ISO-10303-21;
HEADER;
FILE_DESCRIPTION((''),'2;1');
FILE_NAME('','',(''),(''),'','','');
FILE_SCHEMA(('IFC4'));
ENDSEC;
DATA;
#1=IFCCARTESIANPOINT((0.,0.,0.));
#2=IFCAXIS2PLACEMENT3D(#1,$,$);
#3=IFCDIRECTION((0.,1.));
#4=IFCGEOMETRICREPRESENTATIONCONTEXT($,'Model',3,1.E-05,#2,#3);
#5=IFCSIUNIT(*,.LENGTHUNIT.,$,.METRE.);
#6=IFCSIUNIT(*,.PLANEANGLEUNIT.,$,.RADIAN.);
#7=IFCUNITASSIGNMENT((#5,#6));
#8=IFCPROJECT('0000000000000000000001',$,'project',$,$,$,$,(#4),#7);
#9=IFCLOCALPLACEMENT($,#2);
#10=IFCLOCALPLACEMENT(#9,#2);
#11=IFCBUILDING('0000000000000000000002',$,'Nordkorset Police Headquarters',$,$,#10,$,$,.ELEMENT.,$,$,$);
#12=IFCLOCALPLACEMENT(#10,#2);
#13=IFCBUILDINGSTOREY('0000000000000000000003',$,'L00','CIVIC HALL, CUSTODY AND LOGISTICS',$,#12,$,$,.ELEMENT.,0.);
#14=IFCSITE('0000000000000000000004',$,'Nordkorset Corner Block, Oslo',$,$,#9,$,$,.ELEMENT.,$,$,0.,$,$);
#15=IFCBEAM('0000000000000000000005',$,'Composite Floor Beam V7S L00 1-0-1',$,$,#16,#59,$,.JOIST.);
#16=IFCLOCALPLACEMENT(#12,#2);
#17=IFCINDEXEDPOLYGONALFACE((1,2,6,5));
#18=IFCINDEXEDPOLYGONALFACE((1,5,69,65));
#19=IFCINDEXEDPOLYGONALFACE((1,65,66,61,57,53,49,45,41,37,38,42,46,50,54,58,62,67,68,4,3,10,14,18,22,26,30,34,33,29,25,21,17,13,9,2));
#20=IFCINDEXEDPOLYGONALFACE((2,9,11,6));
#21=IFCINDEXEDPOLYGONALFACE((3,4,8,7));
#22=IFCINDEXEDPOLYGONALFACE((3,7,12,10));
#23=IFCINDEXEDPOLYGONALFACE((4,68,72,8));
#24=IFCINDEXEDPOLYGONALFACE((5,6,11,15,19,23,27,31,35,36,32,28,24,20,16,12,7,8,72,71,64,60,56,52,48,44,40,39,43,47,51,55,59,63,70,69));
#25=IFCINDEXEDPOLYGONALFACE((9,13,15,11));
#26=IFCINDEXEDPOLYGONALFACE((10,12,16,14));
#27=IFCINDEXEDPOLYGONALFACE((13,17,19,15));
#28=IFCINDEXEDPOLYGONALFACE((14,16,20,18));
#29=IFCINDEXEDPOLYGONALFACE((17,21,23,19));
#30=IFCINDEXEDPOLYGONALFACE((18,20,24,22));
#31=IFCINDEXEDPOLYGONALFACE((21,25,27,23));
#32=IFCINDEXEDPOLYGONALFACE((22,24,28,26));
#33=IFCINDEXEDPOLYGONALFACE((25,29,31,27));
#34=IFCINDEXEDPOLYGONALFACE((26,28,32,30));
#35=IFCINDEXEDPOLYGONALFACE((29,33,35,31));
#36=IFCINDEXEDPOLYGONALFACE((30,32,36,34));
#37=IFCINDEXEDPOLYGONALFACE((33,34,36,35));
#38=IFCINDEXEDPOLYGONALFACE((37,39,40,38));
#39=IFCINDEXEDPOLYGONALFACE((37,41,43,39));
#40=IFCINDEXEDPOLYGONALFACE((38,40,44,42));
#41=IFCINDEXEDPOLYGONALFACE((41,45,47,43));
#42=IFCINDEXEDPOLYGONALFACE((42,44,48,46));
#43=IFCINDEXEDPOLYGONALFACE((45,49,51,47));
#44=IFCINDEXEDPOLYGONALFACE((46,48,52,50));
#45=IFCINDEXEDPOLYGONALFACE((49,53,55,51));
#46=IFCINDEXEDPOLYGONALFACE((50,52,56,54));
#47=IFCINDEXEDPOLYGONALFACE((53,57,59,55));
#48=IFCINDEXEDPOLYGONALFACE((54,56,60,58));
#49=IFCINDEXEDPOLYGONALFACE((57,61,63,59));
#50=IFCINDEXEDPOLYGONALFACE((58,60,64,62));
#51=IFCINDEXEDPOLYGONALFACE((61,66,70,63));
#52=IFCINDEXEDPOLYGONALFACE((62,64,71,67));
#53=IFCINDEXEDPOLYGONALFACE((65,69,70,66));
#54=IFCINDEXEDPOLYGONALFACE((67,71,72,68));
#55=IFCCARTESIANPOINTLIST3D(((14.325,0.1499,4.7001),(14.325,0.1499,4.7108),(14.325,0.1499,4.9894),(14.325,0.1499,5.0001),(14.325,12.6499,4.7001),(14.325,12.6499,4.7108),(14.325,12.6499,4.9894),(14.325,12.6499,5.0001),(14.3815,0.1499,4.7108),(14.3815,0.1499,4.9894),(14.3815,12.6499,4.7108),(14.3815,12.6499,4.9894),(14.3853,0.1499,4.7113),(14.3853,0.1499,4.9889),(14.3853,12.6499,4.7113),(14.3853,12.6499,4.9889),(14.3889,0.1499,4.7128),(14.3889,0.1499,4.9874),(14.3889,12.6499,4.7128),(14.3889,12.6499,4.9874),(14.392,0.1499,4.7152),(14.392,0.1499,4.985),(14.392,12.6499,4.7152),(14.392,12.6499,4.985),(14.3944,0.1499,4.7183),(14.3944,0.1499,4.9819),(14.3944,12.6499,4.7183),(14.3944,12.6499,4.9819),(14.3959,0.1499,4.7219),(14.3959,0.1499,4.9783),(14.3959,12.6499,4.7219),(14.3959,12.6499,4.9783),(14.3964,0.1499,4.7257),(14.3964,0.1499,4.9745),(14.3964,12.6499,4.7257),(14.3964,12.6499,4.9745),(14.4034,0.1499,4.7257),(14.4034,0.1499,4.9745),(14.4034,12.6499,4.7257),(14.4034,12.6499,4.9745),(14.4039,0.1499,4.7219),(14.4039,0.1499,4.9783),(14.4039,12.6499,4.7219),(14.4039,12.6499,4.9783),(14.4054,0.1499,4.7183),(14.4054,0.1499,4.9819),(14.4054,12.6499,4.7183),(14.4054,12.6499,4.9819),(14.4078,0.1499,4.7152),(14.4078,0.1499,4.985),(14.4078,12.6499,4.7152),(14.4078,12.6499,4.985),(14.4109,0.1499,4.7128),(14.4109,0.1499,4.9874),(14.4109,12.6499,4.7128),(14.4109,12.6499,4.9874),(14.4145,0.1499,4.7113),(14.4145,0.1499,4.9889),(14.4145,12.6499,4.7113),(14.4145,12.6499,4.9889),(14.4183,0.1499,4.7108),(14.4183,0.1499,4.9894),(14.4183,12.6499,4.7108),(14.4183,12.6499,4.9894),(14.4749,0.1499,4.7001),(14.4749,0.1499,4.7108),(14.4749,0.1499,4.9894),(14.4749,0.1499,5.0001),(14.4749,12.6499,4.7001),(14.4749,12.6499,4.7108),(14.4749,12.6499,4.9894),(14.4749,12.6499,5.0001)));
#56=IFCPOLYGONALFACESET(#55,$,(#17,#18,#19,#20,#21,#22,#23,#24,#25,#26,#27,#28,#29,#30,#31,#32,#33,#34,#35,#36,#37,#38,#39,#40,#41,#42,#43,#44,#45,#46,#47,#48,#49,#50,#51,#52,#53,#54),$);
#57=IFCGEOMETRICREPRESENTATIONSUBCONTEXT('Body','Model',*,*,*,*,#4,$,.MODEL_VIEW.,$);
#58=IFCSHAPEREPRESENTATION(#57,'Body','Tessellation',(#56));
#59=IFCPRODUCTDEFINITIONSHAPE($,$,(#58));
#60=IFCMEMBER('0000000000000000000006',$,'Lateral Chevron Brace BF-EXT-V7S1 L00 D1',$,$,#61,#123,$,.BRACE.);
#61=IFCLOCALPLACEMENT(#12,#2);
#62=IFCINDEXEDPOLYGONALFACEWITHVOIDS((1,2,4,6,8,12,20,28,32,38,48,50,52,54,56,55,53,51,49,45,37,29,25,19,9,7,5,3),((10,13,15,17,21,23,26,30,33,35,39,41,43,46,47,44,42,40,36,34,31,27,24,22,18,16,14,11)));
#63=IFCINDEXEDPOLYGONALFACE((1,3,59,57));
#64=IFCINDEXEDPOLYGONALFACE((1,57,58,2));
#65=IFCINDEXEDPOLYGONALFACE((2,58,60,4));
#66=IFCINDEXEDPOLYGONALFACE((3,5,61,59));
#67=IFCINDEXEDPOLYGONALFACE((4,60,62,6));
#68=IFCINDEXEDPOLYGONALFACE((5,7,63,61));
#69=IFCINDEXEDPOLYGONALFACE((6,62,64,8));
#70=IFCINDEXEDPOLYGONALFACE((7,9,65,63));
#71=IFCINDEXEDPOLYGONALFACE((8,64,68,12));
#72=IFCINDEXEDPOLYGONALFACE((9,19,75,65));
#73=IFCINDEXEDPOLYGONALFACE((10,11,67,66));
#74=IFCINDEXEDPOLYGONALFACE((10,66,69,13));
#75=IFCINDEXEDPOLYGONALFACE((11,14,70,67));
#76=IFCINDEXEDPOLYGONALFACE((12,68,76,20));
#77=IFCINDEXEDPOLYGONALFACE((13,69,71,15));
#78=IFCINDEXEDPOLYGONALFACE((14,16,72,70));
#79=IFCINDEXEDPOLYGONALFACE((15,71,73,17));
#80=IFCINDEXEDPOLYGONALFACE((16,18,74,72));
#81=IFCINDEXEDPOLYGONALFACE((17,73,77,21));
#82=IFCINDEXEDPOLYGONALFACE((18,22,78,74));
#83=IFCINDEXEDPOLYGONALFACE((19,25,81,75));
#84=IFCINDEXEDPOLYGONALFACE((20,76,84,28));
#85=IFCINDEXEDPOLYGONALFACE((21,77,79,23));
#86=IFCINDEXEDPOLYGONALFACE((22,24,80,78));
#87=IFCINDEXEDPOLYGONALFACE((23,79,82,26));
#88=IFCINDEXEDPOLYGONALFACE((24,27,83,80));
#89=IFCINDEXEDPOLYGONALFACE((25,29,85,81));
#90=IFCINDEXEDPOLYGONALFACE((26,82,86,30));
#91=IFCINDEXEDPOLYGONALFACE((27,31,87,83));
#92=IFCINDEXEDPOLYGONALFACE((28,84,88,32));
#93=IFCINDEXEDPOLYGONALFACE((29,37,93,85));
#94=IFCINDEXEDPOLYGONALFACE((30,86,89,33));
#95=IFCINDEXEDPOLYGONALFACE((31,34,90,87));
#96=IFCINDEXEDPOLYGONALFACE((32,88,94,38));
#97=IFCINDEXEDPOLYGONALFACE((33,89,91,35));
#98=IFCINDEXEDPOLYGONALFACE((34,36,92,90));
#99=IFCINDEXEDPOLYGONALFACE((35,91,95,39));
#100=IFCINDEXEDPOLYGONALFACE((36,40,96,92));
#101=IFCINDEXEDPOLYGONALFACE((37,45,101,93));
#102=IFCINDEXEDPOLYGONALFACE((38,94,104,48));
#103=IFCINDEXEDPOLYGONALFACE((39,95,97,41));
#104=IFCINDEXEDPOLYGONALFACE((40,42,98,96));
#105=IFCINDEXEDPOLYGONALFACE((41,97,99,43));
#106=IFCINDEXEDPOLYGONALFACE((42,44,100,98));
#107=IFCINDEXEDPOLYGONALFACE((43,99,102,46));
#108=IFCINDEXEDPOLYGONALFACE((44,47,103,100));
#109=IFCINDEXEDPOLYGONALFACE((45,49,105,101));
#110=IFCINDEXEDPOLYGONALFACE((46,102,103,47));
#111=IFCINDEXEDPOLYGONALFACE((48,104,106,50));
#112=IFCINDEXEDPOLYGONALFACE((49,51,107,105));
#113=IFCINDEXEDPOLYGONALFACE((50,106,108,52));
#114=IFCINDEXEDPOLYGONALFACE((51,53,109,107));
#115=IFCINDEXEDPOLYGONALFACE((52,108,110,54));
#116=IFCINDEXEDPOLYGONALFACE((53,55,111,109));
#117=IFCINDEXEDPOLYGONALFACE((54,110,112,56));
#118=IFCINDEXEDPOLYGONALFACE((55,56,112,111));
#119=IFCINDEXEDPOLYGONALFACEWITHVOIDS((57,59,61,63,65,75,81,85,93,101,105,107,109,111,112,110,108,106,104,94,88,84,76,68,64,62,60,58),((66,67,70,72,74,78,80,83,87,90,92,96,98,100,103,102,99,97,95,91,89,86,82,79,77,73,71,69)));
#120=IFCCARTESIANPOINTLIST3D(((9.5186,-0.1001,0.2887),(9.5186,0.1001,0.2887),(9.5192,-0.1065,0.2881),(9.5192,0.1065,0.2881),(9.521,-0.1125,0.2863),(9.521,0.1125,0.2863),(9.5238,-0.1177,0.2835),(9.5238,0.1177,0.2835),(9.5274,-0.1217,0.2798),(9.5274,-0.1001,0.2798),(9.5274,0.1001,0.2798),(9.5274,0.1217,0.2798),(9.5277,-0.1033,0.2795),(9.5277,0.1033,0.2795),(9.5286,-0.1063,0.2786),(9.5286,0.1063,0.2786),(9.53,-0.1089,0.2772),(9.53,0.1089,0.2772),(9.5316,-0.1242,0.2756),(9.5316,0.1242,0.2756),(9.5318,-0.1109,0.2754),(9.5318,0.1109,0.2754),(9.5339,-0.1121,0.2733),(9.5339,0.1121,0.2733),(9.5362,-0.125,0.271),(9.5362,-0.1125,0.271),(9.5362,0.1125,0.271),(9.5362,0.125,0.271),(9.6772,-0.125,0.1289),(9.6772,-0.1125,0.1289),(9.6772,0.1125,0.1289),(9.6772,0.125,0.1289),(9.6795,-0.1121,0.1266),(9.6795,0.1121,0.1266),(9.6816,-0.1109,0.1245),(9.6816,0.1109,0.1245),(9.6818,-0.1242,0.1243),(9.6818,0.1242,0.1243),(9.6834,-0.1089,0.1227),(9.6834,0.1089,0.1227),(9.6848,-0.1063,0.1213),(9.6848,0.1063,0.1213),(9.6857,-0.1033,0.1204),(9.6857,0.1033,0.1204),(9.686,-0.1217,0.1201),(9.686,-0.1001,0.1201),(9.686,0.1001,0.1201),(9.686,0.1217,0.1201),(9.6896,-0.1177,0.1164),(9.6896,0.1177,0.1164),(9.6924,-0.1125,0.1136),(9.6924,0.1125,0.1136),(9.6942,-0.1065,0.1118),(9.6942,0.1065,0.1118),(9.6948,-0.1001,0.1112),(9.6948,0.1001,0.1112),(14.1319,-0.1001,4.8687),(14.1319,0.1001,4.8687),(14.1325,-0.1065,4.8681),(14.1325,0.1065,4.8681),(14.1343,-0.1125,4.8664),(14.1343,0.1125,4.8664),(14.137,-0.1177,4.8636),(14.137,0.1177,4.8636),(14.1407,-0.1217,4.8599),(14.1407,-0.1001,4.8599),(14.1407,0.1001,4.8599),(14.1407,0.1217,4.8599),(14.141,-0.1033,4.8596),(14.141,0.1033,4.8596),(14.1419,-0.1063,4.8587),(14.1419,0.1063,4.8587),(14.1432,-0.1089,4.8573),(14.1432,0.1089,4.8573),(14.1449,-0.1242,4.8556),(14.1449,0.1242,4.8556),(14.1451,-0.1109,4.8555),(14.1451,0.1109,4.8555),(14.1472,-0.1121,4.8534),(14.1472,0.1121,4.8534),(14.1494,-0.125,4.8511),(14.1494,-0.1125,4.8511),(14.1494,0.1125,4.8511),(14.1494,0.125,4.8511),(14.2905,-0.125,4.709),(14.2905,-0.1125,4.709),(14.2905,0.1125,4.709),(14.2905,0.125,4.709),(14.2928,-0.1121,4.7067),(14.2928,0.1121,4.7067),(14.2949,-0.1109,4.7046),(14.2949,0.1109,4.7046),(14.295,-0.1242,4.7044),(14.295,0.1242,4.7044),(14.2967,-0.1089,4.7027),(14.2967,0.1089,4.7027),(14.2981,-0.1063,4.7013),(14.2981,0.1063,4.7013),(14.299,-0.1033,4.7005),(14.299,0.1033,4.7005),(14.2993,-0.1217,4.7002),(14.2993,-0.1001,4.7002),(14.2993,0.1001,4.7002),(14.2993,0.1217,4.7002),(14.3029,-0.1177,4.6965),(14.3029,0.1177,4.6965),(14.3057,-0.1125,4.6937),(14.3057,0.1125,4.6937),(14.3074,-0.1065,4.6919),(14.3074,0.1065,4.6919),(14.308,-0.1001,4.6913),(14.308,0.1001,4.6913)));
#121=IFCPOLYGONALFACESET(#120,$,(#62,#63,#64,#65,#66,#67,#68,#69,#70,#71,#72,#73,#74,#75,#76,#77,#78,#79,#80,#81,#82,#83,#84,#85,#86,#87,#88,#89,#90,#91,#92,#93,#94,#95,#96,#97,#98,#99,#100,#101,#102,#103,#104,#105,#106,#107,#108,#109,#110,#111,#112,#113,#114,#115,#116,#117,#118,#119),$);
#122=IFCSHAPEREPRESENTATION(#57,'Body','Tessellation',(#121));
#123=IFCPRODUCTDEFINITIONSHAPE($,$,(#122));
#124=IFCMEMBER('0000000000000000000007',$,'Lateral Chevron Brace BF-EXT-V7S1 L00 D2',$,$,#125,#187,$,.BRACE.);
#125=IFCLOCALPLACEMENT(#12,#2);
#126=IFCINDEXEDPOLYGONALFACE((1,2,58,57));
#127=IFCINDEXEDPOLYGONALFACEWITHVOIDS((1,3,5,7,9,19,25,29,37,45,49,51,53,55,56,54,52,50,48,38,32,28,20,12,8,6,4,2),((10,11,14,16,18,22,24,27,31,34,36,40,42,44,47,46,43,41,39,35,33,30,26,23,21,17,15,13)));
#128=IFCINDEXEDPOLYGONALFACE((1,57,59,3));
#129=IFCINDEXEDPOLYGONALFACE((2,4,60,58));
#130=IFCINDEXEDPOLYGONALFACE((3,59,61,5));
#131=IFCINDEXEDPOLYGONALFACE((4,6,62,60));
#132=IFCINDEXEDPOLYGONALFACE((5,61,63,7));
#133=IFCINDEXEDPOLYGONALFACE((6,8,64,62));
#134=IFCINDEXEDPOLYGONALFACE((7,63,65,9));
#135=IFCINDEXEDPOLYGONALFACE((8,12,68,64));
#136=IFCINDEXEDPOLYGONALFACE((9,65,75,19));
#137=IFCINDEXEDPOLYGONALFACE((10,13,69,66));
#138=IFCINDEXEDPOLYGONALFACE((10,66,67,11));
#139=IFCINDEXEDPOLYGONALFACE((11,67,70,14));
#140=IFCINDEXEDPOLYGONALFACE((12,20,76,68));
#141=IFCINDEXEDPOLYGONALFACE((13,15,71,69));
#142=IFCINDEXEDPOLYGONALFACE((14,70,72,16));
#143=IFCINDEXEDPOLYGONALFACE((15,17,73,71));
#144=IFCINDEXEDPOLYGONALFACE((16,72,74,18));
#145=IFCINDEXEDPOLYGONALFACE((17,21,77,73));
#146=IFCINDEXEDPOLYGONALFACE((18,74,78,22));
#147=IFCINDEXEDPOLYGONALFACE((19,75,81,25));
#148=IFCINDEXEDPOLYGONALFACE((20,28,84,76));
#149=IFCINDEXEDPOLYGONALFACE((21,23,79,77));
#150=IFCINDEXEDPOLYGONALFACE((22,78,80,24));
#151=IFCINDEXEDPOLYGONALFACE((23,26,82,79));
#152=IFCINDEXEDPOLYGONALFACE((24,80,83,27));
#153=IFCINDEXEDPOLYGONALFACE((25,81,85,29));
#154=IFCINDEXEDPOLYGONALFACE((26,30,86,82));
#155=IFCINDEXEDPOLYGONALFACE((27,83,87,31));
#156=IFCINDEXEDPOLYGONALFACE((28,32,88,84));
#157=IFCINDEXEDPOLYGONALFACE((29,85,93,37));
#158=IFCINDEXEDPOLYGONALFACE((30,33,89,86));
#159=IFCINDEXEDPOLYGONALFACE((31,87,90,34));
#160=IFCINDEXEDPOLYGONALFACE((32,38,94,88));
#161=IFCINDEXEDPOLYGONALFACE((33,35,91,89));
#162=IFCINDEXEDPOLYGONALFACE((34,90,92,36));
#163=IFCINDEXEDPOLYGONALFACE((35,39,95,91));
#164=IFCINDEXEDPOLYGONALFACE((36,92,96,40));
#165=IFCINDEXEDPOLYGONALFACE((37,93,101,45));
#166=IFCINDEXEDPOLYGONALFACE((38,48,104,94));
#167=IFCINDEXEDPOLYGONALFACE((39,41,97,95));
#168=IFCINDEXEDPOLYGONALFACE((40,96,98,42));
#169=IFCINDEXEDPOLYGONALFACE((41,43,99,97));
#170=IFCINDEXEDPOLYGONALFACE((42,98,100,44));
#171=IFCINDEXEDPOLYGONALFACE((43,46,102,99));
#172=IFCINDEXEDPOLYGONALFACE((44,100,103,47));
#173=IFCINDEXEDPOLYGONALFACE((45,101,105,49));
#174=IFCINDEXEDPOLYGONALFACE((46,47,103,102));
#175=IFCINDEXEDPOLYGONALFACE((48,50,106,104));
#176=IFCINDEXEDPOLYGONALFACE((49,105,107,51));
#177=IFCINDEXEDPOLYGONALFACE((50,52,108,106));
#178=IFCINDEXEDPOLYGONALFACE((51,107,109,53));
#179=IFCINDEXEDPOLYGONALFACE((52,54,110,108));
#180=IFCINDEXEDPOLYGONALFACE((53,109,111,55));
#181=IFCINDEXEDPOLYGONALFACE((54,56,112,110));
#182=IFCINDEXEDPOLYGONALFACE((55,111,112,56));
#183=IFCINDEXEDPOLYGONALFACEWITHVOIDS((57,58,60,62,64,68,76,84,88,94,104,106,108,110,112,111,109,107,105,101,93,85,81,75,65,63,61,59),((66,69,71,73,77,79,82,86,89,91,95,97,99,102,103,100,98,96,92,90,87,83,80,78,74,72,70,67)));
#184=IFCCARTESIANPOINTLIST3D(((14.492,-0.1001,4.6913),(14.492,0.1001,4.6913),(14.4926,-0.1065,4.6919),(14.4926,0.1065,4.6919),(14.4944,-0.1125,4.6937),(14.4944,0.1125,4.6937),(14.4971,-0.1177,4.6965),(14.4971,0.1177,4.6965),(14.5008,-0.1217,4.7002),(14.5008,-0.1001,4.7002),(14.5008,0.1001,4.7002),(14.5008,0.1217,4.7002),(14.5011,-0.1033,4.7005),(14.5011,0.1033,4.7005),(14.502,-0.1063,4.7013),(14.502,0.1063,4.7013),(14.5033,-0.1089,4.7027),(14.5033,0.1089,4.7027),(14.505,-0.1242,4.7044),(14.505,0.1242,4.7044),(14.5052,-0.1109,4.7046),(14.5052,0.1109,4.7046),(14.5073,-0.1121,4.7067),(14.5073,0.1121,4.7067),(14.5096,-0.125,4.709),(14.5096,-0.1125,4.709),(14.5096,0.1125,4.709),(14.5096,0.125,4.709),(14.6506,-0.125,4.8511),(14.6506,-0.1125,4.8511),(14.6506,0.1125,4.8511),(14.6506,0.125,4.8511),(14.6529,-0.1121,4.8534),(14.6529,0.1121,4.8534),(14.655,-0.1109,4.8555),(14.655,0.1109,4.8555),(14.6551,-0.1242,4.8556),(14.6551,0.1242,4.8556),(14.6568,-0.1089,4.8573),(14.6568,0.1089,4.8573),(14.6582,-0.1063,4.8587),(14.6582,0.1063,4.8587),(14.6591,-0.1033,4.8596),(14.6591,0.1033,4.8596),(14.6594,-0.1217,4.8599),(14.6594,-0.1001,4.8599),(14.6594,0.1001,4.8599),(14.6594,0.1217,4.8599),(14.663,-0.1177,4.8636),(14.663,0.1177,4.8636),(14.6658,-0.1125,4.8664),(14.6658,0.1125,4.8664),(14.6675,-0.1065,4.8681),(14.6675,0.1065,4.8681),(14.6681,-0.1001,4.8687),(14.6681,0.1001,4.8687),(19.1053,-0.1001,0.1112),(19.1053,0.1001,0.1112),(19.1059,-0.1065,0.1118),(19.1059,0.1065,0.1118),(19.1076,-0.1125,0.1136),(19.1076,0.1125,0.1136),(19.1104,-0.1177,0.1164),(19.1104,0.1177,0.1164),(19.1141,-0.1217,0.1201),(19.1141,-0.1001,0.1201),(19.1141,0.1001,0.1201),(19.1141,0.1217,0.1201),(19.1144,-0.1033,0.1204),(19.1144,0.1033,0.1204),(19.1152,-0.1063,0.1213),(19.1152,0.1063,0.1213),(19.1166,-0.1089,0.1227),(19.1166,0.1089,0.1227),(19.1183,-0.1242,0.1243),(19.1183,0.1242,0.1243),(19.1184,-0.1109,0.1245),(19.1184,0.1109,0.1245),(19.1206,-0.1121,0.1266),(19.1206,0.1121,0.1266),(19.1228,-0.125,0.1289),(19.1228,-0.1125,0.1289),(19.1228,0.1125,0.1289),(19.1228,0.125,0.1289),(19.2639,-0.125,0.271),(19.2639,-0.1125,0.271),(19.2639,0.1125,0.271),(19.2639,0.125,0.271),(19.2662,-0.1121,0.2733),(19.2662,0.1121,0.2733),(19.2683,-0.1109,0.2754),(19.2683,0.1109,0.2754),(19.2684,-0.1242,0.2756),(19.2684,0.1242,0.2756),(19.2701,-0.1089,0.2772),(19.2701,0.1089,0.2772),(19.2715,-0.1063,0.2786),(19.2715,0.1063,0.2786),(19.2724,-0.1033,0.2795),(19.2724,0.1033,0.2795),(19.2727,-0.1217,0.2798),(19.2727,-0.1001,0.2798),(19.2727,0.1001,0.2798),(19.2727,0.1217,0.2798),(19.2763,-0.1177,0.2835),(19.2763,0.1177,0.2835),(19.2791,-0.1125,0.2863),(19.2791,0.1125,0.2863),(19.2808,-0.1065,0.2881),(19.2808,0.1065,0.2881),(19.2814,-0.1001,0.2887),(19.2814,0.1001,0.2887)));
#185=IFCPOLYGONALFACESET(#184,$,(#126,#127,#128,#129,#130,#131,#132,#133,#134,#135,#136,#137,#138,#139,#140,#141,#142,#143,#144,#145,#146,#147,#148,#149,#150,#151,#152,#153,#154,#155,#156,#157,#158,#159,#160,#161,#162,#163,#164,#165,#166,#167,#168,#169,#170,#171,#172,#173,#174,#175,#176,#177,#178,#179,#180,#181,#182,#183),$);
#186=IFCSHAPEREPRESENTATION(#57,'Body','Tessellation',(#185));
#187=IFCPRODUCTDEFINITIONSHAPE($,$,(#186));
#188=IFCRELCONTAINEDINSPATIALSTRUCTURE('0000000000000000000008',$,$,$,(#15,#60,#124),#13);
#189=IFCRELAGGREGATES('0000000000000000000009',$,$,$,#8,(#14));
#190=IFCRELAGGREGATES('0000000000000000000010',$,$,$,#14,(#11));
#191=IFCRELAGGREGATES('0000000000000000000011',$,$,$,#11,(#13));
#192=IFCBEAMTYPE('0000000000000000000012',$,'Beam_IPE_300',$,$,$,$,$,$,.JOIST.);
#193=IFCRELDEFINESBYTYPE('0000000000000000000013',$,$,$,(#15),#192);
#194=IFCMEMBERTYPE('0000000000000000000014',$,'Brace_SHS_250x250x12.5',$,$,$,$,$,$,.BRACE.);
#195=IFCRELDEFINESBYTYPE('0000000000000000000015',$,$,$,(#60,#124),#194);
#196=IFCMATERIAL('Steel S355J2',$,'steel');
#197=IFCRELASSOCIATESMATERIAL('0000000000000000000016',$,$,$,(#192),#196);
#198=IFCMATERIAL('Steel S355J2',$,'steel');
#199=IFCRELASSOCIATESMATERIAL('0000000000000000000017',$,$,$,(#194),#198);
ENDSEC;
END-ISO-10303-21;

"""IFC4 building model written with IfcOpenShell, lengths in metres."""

from ifc_helpers import new_model, si_unit, direction, frame, origin, origin_2d, place, context, subcontext, project, spatial, hollow_rectangle, i_section, extrude, material, material_profile, profile_set, type_object, element, save


model = new_model("IFC4")

# Units and contexts
model_context = context("Model", 3, precision=1e-05, world=origin(), true_north=direction((0.0, 1.0)))
body_context = subcontext(model_context, "Body", "Model", "MODEL_VIEW")
ifc_project = project(units=[si_unit("LENGTHUNIT", "METRE"), si_unit("PLANEANGLEUNIT", "RADIAN")], contexts=[model_context])

# Site, building, storey
site_placement = place(None, origin())
site = spatial("IfcSite", under=ifc_project, at=site_placement, Name="Nordkorset Corner Block, Oslo", CompositionType="ELEMENT", RefElevation=0.0)
building_placement = place(site_placement, origin())
building = spatial("IfcBuilding", under=site, at=building_placement, Name="Nordkorset Police Headquarters", CompositionType="ELEMENT")
storey_placement = place(building_placement, origin())
storey = spatial("IfcBuildingStorey", under=building, at=storey_placement, Name="L00", Description="CIVIC HALL, CUSTODY AND LOGISTICS", CompositionType="ELEMENT", Elevation=0.0)

# Beam
ifc_material_1 = material(Name="Steel S355J2", Category="steel")
ifc_material_profile_1 = material_profile(ifc_material_1, i_section(OverallWidth=0.1499, OverallDepth=0.3, WebThickness=0.0071, FlangeThickness=0.0107, FilletRadius=0.0149, at=origin_2d()), Name="IPE 300")
ifc_profile_set_1 = profile_set([ifc_material_profile_1], Name="Steel S355J2")
beam_type_1 = type_object("IfcBeamType", Name="Beam_IPE_300", PredefinedType="JOIST", material=ifc_profile_set_1)
beam_1_placement = place(storey_placement, frame((14.3999, 0.1499, 4.8501), z_axis=(0.0, 1.0, 0.0), x_axis=(-1.0, 0.0, 0.0)))
element("IfcBeam", 1, at=beam_1_placement, inside=storey, type_object=beam_type_1, Name="Composite Floor Beam V7S L00 1-0-1", PredefinedType="JOIST", context=body_context, shape_type="SweptSolid", body=[
    extrude(i_section(OverallWidth=0.1499, OverallDepth=0.3, WebThickness=0.0071, FlangeThickness=0.0107, FilletRadius=0.0149, at=origin_2d()), origin(), (0.0, 0.0, 1.0), 12.5),
])

# Members
ifc_material_2 = material(Name="Steel S355J2", Category="steel")
ifc_material_profile_2 = material_profile(ifc_material_2, hollow_rectangle(XDim=0.25, YDim=0.25, WallThickness=0.0125, InnerFilletRadius=0.0125, OuterFilletRadius=0.0249, at=origin_2d()), Name="SHS 250x250x12.5")
ifc_profile_set_2 = profile_set([ifc_material_profile_2], Name="Steel S355J2")
member_type = type_object("IfcMemberType", Name="Brace_SHS_250x250x12.5", PredefinedType="BRACE", material=ifc_profile_set_2)
for number, where, z_axis, x_axis, name in (
    (2, (9.6067, 0.0, 0.2), (0.709656, 0.0, 0.704548), (0.0, 1.0, 0.0), "Lateral Chevron Brace BF-EXT-V7S1 L00 D1"),
    (3, (19.1934, 0.0, 0.2), (-0.709656, 0.0, 0.704548), (0.0, -1.0, 0.0), "Lateral Chevron Brace BF-EXT-V7S1 L00 D2"),
):
    element("IfcMember", number, at=place(storey_placement, frame(where, z_axis=z_axis, x_axis=x_axis)), inside=storey, type_object=member_type, Name=name, PredefinedType="BRACE", context=body_context, shape_type="SweptSolid", body=[
        extrude(hollow_rectangle(XDim=0.25, YDim=0.25, WallThickness=0.0125, InnerFilletRadius=0.0125, OuterFilletRadius=0.0249, at=origin_2d()), origin(), (0.0, 0.0, 1.0), 6.5007),
    ])

save(model, "model.ifc")
